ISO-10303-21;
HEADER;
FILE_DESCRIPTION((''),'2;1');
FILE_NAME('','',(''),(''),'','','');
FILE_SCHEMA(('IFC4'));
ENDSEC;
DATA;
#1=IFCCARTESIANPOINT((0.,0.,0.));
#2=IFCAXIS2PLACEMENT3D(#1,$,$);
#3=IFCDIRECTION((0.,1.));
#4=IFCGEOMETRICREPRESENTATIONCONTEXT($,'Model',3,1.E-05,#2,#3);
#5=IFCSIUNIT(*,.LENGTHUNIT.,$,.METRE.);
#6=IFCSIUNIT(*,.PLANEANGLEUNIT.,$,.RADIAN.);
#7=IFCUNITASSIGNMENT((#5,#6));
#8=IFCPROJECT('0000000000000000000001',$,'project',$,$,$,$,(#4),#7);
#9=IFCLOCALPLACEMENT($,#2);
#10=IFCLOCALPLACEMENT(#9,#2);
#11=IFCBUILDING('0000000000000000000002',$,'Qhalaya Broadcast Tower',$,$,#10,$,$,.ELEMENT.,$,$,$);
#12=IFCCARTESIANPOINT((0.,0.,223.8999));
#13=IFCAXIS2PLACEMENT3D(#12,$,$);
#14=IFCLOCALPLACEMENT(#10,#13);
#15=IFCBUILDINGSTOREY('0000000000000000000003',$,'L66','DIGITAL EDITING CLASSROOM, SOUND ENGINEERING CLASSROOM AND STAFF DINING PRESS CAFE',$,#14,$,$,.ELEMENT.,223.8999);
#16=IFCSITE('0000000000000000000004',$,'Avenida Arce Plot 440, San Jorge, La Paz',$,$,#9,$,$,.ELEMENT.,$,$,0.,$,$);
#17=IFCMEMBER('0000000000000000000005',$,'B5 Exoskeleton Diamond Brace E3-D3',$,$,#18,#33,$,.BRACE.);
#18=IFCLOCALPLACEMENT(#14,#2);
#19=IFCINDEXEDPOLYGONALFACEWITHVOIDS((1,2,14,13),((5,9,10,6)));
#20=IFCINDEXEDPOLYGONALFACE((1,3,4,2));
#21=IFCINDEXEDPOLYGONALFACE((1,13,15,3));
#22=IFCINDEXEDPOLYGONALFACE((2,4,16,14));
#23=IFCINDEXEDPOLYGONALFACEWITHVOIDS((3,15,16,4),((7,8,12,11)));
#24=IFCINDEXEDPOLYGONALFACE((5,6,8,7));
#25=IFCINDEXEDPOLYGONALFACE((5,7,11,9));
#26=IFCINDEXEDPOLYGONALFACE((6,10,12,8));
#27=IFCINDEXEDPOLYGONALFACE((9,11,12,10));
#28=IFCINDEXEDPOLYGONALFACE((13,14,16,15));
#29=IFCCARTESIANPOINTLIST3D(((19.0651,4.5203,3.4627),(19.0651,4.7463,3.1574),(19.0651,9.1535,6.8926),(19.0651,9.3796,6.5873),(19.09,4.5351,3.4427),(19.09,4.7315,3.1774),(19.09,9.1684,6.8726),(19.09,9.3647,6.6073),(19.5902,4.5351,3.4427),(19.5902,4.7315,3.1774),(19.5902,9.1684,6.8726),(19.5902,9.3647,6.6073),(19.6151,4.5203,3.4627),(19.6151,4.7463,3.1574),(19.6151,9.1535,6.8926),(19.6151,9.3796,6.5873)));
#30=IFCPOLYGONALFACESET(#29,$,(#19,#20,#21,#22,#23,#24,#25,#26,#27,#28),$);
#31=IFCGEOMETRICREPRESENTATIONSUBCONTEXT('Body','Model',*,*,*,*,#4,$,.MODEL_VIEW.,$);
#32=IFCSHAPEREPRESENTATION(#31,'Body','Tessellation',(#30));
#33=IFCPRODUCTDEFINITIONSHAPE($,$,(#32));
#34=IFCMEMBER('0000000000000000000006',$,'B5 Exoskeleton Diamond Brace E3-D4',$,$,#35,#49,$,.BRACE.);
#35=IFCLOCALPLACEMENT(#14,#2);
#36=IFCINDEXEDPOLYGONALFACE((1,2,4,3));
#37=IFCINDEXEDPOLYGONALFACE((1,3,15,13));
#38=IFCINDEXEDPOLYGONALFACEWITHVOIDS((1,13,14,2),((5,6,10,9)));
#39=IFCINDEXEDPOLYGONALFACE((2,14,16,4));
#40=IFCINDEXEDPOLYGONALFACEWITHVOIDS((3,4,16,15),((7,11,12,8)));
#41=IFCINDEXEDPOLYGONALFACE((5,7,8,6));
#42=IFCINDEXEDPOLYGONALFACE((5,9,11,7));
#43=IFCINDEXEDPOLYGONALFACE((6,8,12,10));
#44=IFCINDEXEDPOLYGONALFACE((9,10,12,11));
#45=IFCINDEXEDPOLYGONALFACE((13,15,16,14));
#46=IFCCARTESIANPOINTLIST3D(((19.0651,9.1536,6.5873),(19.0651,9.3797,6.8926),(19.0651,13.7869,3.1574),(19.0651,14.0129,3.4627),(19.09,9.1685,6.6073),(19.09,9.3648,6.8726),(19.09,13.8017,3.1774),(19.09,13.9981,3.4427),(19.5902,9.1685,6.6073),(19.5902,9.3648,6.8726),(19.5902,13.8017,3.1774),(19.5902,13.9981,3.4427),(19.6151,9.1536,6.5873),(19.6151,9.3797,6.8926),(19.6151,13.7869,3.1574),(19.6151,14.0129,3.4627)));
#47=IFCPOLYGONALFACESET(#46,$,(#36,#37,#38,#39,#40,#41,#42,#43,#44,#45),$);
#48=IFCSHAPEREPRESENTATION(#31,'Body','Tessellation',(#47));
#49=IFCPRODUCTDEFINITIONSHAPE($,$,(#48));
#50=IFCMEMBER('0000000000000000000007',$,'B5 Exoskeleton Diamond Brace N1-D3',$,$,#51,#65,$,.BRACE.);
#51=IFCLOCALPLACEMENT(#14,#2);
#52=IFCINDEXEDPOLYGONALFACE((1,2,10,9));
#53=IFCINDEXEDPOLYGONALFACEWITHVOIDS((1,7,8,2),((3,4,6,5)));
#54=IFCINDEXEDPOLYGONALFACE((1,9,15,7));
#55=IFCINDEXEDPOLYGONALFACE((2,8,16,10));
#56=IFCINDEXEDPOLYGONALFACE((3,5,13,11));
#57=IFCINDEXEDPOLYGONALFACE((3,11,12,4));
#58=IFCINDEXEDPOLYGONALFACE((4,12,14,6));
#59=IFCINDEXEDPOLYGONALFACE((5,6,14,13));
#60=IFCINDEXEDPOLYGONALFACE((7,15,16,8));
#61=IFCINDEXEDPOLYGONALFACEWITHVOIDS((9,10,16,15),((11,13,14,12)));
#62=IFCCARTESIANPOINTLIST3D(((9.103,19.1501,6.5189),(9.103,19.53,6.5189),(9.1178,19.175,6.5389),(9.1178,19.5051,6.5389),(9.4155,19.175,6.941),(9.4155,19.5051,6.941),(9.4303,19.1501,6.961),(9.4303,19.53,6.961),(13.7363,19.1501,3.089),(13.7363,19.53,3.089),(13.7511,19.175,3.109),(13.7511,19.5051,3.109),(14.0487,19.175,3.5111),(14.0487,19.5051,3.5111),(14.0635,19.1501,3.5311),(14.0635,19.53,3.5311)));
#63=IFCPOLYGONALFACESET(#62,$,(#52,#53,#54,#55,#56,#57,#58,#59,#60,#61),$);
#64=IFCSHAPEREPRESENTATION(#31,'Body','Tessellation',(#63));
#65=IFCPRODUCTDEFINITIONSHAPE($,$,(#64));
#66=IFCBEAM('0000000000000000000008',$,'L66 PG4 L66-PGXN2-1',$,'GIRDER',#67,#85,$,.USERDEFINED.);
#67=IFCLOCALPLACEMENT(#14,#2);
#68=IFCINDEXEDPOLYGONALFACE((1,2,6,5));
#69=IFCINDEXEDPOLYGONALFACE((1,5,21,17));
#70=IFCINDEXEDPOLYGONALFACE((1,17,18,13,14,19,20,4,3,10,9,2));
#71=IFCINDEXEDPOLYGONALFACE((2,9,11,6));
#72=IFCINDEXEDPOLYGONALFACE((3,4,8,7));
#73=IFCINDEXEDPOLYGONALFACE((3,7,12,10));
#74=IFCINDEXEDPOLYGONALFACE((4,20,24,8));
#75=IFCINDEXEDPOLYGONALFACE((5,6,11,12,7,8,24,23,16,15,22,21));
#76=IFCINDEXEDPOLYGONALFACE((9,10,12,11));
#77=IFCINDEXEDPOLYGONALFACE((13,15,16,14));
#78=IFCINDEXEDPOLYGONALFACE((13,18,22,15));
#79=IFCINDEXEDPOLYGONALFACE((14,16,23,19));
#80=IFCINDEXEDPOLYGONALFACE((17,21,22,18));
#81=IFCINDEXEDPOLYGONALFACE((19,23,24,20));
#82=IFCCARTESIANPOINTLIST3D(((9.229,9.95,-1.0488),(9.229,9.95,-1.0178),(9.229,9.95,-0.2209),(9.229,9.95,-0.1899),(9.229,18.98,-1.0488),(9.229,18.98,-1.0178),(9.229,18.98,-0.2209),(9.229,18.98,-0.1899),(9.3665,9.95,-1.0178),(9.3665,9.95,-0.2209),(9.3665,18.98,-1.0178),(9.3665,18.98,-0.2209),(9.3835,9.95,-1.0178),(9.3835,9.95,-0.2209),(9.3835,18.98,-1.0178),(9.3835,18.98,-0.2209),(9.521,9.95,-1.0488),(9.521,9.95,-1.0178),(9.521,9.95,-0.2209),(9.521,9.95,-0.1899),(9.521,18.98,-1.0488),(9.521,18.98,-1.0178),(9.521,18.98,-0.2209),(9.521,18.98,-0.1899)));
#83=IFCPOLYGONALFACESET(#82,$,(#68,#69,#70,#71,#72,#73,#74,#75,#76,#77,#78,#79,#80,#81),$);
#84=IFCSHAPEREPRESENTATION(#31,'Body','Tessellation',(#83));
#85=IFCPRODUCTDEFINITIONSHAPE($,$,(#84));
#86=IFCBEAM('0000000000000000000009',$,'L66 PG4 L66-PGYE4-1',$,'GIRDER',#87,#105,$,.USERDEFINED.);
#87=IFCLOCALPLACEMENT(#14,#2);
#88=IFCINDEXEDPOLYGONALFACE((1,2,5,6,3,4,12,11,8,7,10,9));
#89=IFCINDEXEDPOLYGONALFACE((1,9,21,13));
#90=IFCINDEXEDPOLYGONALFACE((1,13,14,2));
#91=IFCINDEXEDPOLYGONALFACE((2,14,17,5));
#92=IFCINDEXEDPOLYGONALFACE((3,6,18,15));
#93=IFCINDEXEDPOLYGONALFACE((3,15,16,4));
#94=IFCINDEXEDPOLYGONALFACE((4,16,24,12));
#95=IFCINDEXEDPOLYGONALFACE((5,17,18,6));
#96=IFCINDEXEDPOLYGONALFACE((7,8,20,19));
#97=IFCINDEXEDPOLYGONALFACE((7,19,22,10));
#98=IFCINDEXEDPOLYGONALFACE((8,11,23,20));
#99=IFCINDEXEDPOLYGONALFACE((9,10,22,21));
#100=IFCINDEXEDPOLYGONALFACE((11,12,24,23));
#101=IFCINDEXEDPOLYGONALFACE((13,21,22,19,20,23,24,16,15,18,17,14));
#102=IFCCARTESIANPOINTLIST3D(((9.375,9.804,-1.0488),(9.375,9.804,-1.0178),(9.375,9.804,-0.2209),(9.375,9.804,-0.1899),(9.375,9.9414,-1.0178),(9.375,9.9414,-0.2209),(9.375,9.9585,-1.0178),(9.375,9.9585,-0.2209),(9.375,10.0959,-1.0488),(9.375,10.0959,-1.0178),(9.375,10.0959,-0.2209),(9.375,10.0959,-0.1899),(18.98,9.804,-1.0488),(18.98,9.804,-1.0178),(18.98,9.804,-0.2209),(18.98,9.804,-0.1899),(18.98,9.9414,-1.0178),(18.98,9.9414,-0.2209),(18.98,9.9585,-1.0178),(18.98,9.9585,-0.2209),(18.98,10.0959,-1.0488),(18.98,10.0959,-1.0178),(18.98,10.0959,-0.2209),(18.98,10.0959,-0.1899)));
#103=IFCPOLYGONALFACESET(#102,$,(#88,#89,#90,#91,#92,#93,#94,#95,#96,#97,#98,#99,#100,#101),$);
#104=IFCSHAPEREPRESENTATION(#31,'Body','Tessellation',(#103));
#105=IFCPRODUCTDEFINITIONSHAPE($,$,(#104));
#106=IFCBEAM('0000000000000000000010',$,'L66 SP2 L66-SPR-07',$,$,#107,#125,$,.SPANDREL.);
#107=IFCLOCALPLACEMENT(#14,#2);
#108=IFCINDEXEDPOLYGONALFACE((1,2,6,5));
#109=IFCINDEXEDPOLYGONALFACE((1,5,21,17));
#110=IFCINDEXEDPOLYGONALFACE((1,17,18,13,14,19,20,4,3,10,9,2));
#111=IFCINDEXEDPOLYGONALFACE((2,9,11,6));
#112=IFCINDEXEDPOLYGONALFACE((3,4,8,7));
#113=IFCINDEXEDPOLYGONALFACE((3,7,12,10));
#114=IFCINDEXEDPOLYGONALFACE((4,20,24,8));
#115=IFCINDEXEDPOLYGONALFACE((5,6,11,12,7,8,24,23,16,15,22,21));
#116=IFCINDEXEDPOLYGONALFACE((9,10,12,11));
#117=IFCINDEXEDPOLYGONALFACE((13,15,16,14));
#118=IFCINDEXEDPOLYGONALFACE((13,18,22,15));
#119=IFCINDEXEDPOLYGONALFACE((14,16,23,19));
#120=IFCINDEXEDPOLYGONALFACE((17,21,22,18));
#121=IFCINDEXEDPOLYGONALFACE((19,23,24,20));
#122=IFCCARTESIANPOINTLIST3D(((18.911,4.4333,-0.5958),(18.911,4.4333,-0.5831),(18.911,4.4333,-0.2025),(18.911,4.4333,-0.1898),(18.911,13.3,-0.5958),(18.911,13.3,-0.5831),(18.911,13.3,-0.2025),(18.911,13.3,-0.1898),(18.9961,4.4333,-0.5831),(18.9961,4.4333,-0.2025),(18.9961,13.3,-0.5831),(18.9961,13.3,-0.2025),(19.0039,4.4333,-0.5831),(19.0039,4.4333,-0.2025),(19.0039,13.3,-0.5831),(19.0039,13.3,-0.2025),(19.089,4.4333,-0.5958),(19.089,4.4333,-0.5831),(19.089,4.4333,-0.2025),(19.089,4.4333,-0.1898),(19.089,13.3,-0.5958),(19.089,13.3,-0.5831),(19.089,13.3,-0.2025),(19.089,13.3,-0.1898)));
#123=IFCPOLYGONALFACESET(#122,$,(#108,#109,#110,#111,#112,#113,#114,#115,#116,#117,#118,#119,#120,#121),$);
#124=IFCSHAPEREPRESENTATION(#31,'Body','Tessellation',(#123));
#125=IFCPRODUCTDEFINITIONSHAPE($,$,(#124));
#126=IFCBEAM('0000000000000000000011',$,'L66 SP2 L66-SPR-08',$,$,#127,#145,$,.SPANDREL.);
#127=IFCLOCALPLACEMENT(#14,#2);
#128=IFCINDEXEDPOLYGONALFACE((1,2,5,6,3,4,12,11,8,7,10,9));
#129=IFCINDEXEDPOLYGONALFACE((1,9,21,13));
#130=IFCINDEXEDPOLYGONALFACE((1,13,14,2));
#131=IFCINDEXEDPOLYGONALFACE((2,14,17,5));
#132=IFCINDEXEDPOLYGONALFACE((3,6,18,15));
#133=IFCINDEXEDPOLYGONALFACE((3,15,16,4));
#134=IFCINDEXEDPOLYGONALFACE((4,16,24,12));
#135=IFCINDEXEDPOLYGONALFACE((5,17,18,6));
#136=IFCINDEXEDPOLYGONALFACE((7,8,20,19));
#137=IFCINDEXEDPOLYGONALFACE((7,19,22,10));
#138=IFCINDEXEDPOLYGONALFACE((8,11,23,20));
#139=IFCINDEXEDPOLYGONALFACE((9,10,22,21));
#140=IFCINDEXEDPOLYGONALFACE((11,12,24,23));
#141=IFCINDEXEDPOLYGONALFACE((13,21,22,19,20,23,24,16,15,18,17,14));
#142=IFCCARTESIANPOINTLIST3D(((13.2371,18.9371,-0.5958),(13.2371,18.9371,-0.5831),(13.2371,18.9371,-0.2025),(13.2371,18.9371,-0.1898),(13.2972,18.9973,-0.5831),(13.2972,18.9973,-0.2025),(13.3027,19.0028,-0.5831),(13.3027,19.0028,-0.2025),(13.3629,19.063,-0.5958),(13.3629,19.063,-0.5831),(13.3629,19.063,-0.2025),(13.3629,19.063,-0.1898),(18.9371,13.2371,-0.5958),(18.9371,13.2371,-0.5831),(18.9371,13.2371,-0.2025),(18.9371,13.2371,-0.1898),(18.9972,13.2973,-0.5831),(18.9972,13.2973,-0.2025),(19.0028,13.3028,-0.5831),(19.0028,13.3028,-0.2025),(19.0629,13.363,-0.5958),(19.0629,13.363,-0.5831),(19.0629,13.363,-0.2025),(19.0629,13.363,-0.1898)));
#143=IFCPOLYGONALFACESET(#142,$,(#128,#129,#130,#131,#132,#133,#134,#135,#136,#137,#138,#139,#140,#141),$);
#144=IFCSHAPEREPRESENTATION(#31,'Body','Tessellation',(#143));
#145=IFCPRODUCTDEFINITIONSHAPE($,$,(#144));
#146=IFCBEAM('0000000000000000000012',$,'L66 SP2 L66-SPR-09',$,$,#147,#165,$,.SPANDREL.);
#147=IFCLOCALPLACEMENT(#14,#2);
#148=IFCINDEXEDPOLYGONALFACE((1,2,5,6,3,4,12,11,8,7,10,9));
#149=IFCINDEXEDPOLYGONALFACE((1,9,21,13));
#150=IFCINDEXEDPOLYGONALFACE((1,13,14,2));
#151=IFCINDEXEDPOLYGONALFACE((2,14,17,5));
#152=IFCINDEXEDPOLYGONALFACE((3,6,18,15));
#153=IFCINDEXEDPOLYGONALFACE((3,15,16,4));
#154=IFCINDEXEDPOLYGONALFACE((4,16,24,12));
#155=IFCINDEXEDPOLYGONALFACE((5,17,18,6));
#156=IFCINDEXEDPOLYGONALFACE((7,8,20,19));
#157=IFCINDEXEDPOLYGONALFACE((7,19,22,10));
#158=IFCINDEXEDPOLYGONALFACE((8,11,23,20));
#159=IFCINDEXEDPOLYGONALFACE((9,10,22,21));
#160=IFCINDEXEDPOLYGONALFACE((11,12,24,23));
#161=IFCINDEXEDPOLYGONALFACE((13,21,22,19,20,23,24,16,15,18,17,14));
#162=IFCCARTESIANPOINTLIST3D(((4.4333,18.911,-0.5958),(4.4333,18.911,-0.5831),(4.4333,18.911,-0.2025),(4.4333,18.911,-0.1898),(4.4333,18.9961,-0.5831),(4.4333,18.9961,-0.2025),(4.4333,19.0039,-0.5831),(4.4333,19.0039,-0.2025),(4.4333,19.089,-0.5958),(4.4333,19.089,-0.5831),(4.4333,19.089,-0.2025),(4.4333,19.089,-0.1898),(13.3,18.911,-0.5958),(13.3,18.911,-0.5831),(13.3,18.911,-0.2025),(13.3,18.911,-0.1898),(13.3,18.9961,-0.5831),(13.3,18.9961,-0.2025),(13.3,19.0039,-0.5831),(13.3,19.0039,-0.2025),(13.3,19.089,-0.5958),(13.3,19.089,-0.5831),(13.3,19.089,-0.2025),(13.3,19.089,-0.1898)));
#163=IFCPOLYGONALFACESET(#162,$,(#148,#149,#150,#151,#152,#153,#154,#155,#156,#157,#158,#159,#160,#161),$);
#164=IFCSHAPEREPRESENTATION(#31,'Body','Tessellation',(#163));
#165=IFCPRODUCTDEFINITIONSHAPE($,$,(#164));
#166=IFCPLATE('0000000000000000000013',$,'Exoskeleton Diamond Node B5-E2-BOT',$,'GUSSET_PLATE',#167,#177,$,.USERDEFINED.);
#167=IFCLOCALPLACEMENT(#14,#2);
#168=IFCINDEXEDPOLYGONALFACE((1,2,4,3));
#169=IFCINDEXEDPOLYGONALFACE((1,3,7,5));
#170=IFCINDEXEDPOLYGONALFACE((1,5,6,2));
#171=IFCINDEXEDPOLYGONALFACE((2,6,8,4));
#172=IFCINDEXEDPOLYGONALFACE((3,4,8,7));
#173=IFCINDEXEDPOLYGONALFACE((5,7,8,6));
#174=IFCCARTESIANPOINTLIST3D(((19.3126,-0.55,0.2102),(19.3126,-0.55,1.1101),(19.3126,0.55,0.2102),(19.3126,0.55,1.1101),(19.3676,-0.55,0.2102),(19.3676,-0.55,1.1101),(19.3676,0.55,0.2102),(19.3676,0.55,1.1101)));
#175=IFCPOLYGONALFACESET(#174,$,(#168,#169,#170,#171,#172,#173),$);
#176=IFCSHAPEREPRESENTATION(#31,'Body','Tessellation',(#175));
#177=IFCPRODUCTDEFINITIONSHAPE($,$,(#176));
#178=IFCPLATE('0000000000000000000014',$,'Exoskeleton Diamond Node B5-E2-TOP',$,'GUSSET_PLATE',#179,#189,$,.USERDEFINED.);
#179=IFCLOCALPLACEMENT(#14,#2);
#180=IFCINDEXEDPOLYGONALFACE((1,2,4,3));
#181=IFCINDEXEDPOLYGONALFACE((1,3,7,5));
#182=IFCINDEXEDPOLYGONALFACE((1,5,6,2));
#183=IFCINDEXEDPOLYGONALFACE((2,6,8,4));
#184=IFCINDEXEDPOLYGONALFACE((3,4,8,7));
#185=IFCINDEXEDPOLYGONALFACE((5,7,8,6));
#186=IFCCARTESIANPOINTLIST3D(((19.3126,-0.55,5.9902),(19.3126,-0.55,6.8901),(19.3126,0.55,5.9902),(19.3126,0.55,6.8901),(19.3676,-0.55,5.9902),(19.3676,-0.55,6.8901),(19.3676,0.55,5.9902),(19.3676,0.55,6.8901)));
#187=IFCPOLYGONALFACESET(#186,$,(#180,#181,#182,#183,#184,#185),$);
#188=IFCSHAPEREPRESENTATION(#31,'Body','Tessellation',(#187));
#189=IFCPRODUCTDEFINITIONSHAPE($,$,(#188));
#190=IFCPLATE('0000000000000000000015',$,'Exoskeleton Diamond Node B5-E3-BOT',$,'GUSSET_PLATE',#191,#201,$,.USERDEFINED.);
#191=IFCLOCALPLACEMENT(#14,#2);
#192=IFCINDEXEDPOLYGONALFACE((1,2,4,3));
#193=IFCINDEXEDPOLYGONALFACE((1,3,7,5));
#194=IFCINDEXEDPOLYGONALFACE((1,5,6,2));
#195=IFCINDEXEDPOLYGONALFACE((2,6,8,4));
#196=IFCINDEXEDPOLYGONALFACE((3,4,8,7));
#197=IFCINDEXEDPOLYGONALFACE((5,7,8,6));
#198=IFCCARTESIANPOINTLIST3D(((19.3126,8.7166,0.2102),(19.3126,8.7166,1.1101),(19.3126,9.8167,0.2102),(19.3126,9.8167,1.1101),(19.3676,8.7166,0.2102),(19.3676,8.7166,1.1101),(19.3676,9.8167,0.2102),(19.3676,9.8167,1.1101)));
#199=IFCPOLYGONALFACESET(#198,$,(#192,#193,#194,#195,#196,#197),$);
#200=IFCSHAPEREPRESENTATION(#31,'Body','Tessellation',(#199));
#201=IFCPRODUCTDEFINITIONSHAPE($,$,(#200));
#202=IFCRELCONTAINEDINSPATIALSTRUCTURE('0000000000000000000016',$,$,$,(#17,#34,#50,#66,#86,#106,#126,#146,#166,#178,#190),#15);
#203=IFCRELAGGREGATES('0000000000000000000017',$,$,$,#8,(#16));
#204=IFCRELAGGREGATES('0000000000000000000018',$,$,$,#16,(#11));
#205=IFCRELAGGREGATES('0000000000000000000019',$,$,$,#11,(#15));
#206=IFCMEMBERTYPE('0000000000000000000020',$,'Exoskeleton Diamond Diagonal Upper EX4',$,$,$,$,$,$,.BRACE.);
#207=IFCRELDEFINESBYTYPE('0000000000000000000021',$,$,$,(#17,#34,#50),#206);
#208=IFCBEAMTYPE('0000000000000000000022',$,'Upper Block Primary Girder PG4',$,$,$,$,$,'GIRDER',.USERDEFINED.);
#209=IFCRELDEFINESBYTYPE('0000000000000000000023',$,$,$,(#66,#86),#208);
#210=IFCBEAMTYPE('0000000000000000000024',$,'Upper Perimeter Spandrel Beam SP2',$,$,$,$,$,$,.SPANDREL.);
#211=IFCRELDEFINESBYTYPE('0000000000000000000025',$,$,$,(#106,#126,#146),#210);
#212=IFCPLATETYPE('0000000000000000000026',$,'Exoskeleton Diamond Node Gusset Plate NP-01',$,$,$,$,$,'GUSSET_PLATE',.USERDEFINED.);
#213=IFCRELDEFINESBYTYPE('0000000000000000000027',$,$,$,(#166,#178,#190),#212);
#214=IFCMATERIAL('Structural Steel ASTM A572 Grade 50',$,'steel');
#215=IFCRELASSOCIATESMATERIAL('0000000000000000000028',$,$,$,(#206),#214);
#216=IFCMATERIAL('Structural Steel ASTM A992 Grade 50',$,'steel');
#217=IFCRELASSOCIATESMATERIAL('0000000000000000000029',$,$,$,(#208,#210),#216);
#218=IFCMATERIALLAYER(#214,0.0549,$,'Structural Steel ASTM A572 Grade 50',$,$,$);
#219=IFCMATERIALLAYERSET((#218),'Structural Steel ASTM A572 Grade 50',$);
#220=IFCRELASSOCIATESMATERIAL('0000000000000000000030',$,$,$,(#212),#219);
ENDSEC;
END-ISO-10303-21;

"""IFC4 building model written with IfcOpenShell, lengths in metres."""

from ifc_helpers import new_model, si_unit, direction, frame, origin, origin_2d, place, context, subcontext, project, spatial, rectangle, hollow_rectangle, i_section, extrude, material, layer, layer_set, material_profile, profile_set, type_object, element, save


model = new_model("IFC4")

# Units and contexts
model_context = context("Model", 3, precision=1e-05, world=origin(), true_north=direction((0.0, 1.0)))
body_context = subcontext(model_context, "Body", "Model", "MODEL_VIEW")
ifc_project = project(units=[si_unit("LENGTHUNIT", "METRE"), si_unit("PLANEANGLEUNIT", "RADIAN")], contexts=[model_context])

# Site, building, storey
site_placement = place(None, origin())
site = spatial("IfcSite", under=ifc_project, at=site_placement, Name="Avenida Arce Plot 440, San Jorge, La Paz", CompositionType="ELEMENT", RefElevation=0.0)
building_placement = place(site_placement, origin())
building = spatial("IfcBuilding", under=site, at=building_placement, Name="Qhalaya Broadcast Tower", CompositionType="ELEMENT")
storey_placement = place(building_placement, frame((0.0, 0.0, 223.8999)))
storey = spatial("IfcBuildingStorey", under=building, at=storey_placement, Name="L66", Description="DIGITAL EDITING CLASSROOM, SOUND ENGINEERING CLASSROOM AND STAFF DINING PRESS CAFE", CompositionType="ELEMENT", Elevation=223.8999)

# Shared definitions
ifc_material_1 = material(Name="Structural Steel ASTM A572 Grade 50", Category="steel")

# Shared definitions
ifc_material_2 = material(Name="Structural Steel ASTM A992 Grade 50", Category="steel")

# Members
ifc_material_profile_1 = material_profile(ifc_material_1, hollow_rectangle(XDim=0.3799, YDim=0.55, WallThickness=0.0249, at=origin_2d()), Name="BOX 380x550x25")
ifc_profile_set_1 = profile_set([ifc_material_profile_1], Name="Structural Steel ASTM A572 Grade 50")
member_type = type_object("IfcMemberType", Name="Exoskeleton Diamond Diagonal Upper EX4", PredefinedType="BRACE", material=ifc_profile_set_1)
for number, where, z_axis, x_axis, name in (
    (1, (19.3401, 4.6333, 3.3101), (0.0, 0.803735, 0.594987), (0.0, -0.594987, 0.803735), "B5 Exoskeleton Diamond Brace E3-D3"),
    (2, (19.3401, 13.8999, 3.3101), (0.0, -0.803735, 0.594987), (0.0, 0.594987, 0.803735), "B5 Exoskeleton Diamond Brace E3-D4"),
    (3, (13.8999, 19.3401, 3.3101), (-0.803735, 0.0, 0.594987), (0.0, -1.0, 0.0), "B5 Exoskeleton Diamond Brace N1-D3"),
):
    element("IfcMember", number, at=place(storey_placement, frame(where, z_axis=z_axis, x_axis=x_axis)), inside=storey, type_object=member_type, Name=name, PredefinedType="BRACE", context=body_context, shape_type="SweptSolid", body=[
        extrude(hollow_rectangle(XDim=0.3799, YDim=0.55, WallThickness=0.0249, at=origin_2d()), origin(), (0.0, 0.0, 1.0), 5.7646),
    ])

# Beams
ifc_material_profile_2 = material_profile(ifc_material_2, i_section(OverallWidth=0.292, OverallDepth=0.8589, WebThickness=0.0171, FlangeThickness=0.031, at=origin_2d()), Name="W33X169")
ifc_profile_set_2 = profile_set([ifc_material_profile_2], Name="Structural Steel ASTM A992 Grade 50")
beam_type_1 = type_object("IfcBeamType", Name="Upper Block Primary Girder PG4", ElementType="GIRDER", PredefinedType="USERDEFINED", material=ifc_profile_set_2)
beam_1_placement = place(storey_placement, frame((9.375, 9.95, -0.6194), z_axis=(0.0, 1.0, 0.0), x_axis=(-1.0, 0.0, 0.0)))
element("IfcBeam", 4, at=beam_1_placement, inside=storey, type_object=beam_type_1, Name="L66 PG4 L66-PGXN2-1", ObjectType="GIRDER", PredefinedType="USERDEFINED", context=body_context, shape_type="SweptSolid", body=[
    extrude(i_section(OverallWidth=0.292, OverallDepth=0.8589, WebThickness=0.0171, FlangeThickness=0.031, at=origin_2d()), origin(), (0.0, 0.0, 1.0), 9.03),
])
beam_2_placement = place(storey_placement, frame((9.375, 9.95, -0.6194), z_axis=(1.0, 0.0, 0.0), x_axis=(0.0, 1.0, 0.0)))
element("IfcBeam", 5, at=beam_2_placement, inside=storey, type_object=beam_type_1, Name="L66 PG4 L66-PGYE4-1", ObjectType="GIRDER", PredefinedType="USERDEFINED", context=body_context, shape_type="SweptSolid", body=[
    extrude(i_section(OverallWidth=0.292, OverallDepth=0.8589, WebThickness=0.0171, FlangeThickness=0.031, at=origin_2d()), origin(), (0.0, 0.0, 1.0), 9.605),
])
ifc_material_profile_3 = material_profile(ifc_material_2, i_section(OverallWidth=0.178, OverallDepth=0.406, WebThickness=0.0078, FlangeThickness=0.0127, at=origin_2d()), Name="W16X40")
ifc_profile_set_3 = profile_set([ifc_material_profile_3], Name="Structural Steel ASTM A992 Grade 50")
beam_type_2 = type_object("IfcBeamType", Name="Upper Perimeter Spandrel Beam SP2", PredefinedType="SPANDREL", material=ifc_profile_set_3)
beam_3_placement = place(storey_placement, frame((19.0, 4.4333, -0.3928), z_axis=(0.0, 1.0, 0.0), x_axis=(-1.0, 0.0, 0.0)))
element("IfcBeam", 6, at=beam_3_placement, inside=storey, type_object=beam_type_2, Name="L66 SP2 L66-SPR-07", PredefinedType="SPANDREL", context=body_context, shape_type="SweptSolid", body=[
    extrude(i_section(OverallWidth=0.178, OverallDepth=0.406, WebThickness=0.0078, FlangeThickness=0.0127, at=origin_2d()), origin(), (0.0, 0.0, 1.0), 8.8667),
])
beam_4_placement = place(storey_placement, frame((19.0, 13.3, -0.3928), z_axis=(-0.707107, 0.707107, 0.0), x_axis=(-0.707107, -0.707107, 0.0)))
element("IfcBeam", 7, at=beam_4_placement, inside=storey, type_object=beam_type_2, Name="L66 SP2 L66-SPR-08", PredefinedType="SPANDREL", context=body_context, shape_type="SweptSolid", body=[
    extrude(i_section(OverallWidth=0.178, OverallDepth=0.406, WebThickness=0.0078, FlangeThickness=0.0127, at=origin_2d()), origin(), (0.0, 0.0, 1.0), 8.061),
])
beam_5_placement = place(storey_placement, frame((13.3, 19.0, -0.3928), z_axis=(-1.0, 0.0, 0.0), x_axis=(0.0, -1.0, 0.0)))
element("IfcBeam", 8, at=beam_5_placement, inside=storey, type_object=beam_type_2, Name="L66 SP2 L66-SPR-09", PredefinedType="SPANDREL", context=body_context, shape_type="SweptSolid", body=[
    extrude(i_section(OverallWidth=0.178, OverallDepth=0.406, WebThickness=0.0078, FlangeThickness=0.0127, at=origin_2d()), origin(), (0.0, 0.0, 1.0), 8.8667),
])

# Plates
ifc_layer_1 = layer(ifc_material_1, 0.0549, Name="Structural Steel ASTM A572 Grade 50")
ifc_layer_set_1 = layer_set([ifc_layer_1], Name="Structural Steel ASTM A572 Grade 50")
plate_type_1 = type_object("IfcPlateType", Name="Exoskeleton Diamond Node Gusset Plate NP-01", ElementType="GUSSET_PLATE", PredefinedType="USERDEFINED", material=ifc_layer_set_1)
for number, where, z_axis, x_axis, name in (
    (9, (19.3401, 0.0, 0.2102), (0.0, 0.0, 1.0), (0.0, 1.0, 0.0), "Exoskeleton Diamond Node B5-E2-BOT"),
    (10, (19.3401, 0.0, 5.9902), (0.0, 0.0, 1.0), (0.0, 1.0, 0.0), "Exoskeleton Diamond Node B5-E2-TOP"),
    (11, (19.3401, 9.2666, 0.2102), (0.0, 0.0, 1.0), (0.0, 1.0, 0.0), "Exoskeleton Diamond Node B5-E3-BOT"),
):
    element("IfcPlate", number, at=place(storey_placement, frame(where, z_axis=z_axis, x_axis=x_axis)), inside=storey, type_object=plate_type_1, Name=name, ObjectType="GUSSET_PLATE", PredefinedType="USERDEFINED", context=body_context, shape_type="SweptSolid", body=[
        extrude(rectangle(XDim=1.1001, YDim=0.0549, at=origin_2d()), origin(), (0.0, 0.0, 1.0), 0.8999),
    ])

save(model, "model.ifc")
